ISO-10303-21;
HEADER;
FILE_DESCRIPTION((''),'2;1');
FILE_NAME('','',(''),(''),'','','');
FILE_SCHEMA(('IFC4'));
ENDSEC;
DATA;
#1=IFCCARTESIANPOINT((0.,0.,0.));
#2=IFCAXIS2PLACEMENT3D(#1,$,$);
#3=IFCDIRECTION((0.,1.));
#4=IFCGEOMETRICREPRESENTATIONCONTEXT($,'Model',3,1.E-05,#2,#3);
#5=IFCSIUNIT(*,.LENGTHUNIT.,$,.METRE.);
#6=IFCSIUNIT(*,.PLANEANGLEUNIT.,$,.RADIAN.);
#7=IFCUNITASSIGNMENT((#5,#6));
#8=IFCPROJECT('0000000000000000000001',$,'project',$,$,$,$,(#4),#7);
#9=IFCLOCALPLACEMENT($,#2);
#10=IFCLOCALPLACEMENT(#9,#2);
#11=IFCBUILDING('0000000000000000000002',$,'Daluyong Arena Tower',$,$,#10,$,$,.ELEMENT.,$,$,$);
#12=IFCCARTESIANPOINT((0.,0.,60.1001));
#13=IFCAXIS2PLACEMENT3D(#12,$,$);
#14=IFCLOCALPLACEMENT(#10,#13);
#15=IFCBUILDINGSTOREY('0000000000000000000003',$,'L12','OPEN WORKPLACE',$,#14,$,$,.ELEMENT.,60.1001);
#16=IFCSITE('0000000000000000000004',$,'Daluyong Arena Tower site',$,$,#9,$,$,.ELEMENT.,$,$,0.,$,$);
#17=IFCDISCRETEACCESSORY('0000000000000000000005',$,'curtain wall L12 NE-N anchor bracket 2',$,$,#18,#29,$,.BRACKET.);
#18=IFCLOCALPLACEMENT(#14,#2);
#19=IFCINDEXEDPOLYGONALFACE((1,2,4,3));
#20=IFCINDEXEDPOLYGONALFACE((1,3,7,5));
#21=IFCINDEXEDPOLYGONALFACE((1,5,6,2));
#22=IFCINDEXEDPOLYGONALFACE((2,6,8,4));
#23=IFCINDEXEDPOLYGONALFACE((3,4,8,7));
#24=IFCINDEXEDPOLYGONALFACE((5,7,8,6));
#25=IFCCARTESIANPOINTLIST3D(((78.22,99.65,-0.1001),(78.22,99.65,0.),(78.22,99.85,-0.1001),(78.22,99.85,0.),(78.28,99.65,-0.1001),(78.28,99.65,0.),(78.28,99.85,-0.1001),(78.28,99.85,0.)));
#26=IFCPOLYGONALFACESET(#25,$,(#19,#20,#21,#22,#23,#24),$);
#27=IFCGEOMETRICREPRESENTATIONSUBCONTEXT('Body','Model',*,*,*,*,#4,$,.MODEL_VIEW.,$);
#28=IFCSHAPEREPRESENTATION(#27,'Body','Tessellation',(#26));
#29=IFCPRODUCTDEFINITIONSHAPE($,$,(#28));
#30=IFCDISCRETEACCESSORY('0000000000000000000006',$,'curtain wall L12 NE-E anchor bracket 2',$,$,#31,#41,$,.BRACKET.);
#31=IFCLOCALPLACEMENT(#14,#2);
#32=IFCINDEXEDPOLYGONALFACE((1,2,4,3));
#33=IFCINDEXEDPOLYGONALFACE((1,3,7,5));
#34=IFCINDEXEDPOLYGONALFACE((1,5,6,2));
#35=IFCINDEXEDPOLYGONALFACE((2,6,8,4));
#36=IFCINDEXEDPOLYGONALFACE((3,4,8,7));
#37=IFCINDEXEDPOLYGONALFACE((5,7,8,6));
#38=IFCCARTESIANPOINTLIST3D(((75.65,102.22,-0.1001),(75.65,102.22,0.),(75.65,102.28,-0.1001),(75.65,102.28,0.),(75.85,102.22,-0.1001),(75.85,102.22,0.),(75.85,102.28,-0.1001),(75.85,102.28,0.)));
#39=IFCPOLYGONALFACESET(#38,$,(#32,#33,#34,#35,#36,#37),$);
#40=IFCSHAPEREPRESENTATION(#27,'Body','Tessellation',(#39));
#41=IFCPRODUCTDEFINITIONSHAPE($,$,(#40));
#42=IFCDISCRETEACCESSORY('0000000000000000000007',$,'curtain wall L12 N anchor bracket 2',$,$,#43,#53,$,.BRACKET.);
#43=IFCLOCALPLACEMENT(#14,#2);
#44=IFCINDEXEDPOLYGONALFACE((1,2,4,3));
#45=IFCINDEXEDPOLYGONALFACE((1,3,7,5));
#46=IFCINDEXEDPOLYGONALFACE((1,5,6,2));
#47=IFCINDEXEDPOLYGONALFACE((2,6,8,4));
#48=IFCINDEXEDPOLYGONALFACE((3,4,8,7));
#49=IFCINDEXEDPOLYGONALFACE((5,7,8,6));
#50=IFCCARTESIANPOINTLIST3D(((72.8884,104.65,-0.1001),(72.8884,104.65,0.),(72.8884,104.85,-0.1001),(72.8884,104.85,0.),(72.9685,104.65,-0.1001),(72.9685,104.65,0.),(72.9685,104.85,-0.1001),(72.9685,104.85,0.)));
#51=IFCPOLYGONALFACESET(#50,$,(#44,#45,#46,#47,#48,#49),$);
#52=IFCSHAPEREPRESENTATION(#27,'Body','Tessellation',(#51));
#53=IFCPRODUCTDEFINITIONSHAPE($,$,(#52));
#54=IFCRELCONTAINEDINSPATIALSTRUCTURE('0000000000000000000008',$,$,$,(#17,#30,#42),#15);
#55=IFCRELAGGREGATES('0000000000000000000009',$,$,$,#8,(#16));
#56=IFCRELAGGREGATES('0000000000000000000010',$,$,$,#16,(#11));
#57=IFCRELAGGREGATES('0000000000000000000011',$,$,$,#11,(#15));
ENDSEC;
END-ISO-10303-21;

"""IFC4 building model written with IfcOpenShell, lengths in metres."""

from ifc_helpers import new_model, si_unit, direction, frame, origin, origin_2d, place, context, subcontext, project, spatial, rectangle, extrude, element, save


model = new_model("IFC4")

# Units and contexts
model_context = context("Model", 3, precision=1e-05, world=origin(), true_north=direction((0.0, 1.0)))
body_context = subcontext(model_context, "Body", "Model", "MODEL_VIEW")
ifc_project = project(units=[si_unit("LENGTHUNIT", "METRE"), si_unit("PLANEANGLEUNIT", "RADIAN")], contexts=[model_context])

# Site, building, storey
site_placement = place(None, origin())
site = spatial("IfcSite", under=ifc_project, at=site_placement, Name="Daluyong Arena Tower site", CompositionType="ELEMENT", RefElevation=0.0)
building_placement = place(site_placement, origin())
building = spatial("IfcBuilding", under=site, at=building_placement, Name="Daluyong Arena Tower", CompositionType="ELEMENT")
storey_placement = place(building_placement, frame((0.0, 0.0, 60.1001)))
storey = spatial("IfcBuildingStorey", under=building, at=storey_placement, Name="L12", Description="OPEN WORKPLACE", CompositionType="ELEMENT", Elevation=60.1001)

# Discrete accessories
for number, where, z_axis, x_axis, name in (
    (1, (78.25, 99.75, -0.1001), (0.0, 0.0, 1.0), (-1.0, 0.0, 0.0), "curtain wall L12 NE-N anchor bracket 2"),
    (2, (75.75, 102.25, -0.1001), (0.0, 0.0, 1.0), (0.0, 1.0, 0.0), "curtain wall L12 NE-E anchor bracket 2"),
):
    element("IfcDiscreteAccessory", number, at=place(storey_placement, frame(where, z_axis=z_axis, x_axis=x_axis)), inside=storey, Name=name, PredefinedType="BRACKET", context=body_context, shape_type="SweptSolid", body=[
        extrude(rectangle(XDim=0.0601, YDim=0.2, at=origin_2d()), origin(), (0.0, 0.0, 1.0), 0.1001),
    ])
discrete_accessory_1_placement = place(storey_placement, frame((72.9285, 104.75, -0.1001), z_axis=(0.0, 0.0, 1.0), x_axis=(-1.0, 0.0, 0.0)))
element("IfcDiscreteAccessory", 3, at=discrete_accessory_1_placement, inside=storey, Name="curtain wall L12 N anchor bracket 2", PredefinedType="BRACKET", context=body_context, shape_type="SweptSolid", body=[
    extrude(rectangle(XDim=0.0801, YDim=0.2, at=origin_2d()), origin(), (0.0, 0.0, 1.0), 0.1001),
])

save(model, "model.ifc")
